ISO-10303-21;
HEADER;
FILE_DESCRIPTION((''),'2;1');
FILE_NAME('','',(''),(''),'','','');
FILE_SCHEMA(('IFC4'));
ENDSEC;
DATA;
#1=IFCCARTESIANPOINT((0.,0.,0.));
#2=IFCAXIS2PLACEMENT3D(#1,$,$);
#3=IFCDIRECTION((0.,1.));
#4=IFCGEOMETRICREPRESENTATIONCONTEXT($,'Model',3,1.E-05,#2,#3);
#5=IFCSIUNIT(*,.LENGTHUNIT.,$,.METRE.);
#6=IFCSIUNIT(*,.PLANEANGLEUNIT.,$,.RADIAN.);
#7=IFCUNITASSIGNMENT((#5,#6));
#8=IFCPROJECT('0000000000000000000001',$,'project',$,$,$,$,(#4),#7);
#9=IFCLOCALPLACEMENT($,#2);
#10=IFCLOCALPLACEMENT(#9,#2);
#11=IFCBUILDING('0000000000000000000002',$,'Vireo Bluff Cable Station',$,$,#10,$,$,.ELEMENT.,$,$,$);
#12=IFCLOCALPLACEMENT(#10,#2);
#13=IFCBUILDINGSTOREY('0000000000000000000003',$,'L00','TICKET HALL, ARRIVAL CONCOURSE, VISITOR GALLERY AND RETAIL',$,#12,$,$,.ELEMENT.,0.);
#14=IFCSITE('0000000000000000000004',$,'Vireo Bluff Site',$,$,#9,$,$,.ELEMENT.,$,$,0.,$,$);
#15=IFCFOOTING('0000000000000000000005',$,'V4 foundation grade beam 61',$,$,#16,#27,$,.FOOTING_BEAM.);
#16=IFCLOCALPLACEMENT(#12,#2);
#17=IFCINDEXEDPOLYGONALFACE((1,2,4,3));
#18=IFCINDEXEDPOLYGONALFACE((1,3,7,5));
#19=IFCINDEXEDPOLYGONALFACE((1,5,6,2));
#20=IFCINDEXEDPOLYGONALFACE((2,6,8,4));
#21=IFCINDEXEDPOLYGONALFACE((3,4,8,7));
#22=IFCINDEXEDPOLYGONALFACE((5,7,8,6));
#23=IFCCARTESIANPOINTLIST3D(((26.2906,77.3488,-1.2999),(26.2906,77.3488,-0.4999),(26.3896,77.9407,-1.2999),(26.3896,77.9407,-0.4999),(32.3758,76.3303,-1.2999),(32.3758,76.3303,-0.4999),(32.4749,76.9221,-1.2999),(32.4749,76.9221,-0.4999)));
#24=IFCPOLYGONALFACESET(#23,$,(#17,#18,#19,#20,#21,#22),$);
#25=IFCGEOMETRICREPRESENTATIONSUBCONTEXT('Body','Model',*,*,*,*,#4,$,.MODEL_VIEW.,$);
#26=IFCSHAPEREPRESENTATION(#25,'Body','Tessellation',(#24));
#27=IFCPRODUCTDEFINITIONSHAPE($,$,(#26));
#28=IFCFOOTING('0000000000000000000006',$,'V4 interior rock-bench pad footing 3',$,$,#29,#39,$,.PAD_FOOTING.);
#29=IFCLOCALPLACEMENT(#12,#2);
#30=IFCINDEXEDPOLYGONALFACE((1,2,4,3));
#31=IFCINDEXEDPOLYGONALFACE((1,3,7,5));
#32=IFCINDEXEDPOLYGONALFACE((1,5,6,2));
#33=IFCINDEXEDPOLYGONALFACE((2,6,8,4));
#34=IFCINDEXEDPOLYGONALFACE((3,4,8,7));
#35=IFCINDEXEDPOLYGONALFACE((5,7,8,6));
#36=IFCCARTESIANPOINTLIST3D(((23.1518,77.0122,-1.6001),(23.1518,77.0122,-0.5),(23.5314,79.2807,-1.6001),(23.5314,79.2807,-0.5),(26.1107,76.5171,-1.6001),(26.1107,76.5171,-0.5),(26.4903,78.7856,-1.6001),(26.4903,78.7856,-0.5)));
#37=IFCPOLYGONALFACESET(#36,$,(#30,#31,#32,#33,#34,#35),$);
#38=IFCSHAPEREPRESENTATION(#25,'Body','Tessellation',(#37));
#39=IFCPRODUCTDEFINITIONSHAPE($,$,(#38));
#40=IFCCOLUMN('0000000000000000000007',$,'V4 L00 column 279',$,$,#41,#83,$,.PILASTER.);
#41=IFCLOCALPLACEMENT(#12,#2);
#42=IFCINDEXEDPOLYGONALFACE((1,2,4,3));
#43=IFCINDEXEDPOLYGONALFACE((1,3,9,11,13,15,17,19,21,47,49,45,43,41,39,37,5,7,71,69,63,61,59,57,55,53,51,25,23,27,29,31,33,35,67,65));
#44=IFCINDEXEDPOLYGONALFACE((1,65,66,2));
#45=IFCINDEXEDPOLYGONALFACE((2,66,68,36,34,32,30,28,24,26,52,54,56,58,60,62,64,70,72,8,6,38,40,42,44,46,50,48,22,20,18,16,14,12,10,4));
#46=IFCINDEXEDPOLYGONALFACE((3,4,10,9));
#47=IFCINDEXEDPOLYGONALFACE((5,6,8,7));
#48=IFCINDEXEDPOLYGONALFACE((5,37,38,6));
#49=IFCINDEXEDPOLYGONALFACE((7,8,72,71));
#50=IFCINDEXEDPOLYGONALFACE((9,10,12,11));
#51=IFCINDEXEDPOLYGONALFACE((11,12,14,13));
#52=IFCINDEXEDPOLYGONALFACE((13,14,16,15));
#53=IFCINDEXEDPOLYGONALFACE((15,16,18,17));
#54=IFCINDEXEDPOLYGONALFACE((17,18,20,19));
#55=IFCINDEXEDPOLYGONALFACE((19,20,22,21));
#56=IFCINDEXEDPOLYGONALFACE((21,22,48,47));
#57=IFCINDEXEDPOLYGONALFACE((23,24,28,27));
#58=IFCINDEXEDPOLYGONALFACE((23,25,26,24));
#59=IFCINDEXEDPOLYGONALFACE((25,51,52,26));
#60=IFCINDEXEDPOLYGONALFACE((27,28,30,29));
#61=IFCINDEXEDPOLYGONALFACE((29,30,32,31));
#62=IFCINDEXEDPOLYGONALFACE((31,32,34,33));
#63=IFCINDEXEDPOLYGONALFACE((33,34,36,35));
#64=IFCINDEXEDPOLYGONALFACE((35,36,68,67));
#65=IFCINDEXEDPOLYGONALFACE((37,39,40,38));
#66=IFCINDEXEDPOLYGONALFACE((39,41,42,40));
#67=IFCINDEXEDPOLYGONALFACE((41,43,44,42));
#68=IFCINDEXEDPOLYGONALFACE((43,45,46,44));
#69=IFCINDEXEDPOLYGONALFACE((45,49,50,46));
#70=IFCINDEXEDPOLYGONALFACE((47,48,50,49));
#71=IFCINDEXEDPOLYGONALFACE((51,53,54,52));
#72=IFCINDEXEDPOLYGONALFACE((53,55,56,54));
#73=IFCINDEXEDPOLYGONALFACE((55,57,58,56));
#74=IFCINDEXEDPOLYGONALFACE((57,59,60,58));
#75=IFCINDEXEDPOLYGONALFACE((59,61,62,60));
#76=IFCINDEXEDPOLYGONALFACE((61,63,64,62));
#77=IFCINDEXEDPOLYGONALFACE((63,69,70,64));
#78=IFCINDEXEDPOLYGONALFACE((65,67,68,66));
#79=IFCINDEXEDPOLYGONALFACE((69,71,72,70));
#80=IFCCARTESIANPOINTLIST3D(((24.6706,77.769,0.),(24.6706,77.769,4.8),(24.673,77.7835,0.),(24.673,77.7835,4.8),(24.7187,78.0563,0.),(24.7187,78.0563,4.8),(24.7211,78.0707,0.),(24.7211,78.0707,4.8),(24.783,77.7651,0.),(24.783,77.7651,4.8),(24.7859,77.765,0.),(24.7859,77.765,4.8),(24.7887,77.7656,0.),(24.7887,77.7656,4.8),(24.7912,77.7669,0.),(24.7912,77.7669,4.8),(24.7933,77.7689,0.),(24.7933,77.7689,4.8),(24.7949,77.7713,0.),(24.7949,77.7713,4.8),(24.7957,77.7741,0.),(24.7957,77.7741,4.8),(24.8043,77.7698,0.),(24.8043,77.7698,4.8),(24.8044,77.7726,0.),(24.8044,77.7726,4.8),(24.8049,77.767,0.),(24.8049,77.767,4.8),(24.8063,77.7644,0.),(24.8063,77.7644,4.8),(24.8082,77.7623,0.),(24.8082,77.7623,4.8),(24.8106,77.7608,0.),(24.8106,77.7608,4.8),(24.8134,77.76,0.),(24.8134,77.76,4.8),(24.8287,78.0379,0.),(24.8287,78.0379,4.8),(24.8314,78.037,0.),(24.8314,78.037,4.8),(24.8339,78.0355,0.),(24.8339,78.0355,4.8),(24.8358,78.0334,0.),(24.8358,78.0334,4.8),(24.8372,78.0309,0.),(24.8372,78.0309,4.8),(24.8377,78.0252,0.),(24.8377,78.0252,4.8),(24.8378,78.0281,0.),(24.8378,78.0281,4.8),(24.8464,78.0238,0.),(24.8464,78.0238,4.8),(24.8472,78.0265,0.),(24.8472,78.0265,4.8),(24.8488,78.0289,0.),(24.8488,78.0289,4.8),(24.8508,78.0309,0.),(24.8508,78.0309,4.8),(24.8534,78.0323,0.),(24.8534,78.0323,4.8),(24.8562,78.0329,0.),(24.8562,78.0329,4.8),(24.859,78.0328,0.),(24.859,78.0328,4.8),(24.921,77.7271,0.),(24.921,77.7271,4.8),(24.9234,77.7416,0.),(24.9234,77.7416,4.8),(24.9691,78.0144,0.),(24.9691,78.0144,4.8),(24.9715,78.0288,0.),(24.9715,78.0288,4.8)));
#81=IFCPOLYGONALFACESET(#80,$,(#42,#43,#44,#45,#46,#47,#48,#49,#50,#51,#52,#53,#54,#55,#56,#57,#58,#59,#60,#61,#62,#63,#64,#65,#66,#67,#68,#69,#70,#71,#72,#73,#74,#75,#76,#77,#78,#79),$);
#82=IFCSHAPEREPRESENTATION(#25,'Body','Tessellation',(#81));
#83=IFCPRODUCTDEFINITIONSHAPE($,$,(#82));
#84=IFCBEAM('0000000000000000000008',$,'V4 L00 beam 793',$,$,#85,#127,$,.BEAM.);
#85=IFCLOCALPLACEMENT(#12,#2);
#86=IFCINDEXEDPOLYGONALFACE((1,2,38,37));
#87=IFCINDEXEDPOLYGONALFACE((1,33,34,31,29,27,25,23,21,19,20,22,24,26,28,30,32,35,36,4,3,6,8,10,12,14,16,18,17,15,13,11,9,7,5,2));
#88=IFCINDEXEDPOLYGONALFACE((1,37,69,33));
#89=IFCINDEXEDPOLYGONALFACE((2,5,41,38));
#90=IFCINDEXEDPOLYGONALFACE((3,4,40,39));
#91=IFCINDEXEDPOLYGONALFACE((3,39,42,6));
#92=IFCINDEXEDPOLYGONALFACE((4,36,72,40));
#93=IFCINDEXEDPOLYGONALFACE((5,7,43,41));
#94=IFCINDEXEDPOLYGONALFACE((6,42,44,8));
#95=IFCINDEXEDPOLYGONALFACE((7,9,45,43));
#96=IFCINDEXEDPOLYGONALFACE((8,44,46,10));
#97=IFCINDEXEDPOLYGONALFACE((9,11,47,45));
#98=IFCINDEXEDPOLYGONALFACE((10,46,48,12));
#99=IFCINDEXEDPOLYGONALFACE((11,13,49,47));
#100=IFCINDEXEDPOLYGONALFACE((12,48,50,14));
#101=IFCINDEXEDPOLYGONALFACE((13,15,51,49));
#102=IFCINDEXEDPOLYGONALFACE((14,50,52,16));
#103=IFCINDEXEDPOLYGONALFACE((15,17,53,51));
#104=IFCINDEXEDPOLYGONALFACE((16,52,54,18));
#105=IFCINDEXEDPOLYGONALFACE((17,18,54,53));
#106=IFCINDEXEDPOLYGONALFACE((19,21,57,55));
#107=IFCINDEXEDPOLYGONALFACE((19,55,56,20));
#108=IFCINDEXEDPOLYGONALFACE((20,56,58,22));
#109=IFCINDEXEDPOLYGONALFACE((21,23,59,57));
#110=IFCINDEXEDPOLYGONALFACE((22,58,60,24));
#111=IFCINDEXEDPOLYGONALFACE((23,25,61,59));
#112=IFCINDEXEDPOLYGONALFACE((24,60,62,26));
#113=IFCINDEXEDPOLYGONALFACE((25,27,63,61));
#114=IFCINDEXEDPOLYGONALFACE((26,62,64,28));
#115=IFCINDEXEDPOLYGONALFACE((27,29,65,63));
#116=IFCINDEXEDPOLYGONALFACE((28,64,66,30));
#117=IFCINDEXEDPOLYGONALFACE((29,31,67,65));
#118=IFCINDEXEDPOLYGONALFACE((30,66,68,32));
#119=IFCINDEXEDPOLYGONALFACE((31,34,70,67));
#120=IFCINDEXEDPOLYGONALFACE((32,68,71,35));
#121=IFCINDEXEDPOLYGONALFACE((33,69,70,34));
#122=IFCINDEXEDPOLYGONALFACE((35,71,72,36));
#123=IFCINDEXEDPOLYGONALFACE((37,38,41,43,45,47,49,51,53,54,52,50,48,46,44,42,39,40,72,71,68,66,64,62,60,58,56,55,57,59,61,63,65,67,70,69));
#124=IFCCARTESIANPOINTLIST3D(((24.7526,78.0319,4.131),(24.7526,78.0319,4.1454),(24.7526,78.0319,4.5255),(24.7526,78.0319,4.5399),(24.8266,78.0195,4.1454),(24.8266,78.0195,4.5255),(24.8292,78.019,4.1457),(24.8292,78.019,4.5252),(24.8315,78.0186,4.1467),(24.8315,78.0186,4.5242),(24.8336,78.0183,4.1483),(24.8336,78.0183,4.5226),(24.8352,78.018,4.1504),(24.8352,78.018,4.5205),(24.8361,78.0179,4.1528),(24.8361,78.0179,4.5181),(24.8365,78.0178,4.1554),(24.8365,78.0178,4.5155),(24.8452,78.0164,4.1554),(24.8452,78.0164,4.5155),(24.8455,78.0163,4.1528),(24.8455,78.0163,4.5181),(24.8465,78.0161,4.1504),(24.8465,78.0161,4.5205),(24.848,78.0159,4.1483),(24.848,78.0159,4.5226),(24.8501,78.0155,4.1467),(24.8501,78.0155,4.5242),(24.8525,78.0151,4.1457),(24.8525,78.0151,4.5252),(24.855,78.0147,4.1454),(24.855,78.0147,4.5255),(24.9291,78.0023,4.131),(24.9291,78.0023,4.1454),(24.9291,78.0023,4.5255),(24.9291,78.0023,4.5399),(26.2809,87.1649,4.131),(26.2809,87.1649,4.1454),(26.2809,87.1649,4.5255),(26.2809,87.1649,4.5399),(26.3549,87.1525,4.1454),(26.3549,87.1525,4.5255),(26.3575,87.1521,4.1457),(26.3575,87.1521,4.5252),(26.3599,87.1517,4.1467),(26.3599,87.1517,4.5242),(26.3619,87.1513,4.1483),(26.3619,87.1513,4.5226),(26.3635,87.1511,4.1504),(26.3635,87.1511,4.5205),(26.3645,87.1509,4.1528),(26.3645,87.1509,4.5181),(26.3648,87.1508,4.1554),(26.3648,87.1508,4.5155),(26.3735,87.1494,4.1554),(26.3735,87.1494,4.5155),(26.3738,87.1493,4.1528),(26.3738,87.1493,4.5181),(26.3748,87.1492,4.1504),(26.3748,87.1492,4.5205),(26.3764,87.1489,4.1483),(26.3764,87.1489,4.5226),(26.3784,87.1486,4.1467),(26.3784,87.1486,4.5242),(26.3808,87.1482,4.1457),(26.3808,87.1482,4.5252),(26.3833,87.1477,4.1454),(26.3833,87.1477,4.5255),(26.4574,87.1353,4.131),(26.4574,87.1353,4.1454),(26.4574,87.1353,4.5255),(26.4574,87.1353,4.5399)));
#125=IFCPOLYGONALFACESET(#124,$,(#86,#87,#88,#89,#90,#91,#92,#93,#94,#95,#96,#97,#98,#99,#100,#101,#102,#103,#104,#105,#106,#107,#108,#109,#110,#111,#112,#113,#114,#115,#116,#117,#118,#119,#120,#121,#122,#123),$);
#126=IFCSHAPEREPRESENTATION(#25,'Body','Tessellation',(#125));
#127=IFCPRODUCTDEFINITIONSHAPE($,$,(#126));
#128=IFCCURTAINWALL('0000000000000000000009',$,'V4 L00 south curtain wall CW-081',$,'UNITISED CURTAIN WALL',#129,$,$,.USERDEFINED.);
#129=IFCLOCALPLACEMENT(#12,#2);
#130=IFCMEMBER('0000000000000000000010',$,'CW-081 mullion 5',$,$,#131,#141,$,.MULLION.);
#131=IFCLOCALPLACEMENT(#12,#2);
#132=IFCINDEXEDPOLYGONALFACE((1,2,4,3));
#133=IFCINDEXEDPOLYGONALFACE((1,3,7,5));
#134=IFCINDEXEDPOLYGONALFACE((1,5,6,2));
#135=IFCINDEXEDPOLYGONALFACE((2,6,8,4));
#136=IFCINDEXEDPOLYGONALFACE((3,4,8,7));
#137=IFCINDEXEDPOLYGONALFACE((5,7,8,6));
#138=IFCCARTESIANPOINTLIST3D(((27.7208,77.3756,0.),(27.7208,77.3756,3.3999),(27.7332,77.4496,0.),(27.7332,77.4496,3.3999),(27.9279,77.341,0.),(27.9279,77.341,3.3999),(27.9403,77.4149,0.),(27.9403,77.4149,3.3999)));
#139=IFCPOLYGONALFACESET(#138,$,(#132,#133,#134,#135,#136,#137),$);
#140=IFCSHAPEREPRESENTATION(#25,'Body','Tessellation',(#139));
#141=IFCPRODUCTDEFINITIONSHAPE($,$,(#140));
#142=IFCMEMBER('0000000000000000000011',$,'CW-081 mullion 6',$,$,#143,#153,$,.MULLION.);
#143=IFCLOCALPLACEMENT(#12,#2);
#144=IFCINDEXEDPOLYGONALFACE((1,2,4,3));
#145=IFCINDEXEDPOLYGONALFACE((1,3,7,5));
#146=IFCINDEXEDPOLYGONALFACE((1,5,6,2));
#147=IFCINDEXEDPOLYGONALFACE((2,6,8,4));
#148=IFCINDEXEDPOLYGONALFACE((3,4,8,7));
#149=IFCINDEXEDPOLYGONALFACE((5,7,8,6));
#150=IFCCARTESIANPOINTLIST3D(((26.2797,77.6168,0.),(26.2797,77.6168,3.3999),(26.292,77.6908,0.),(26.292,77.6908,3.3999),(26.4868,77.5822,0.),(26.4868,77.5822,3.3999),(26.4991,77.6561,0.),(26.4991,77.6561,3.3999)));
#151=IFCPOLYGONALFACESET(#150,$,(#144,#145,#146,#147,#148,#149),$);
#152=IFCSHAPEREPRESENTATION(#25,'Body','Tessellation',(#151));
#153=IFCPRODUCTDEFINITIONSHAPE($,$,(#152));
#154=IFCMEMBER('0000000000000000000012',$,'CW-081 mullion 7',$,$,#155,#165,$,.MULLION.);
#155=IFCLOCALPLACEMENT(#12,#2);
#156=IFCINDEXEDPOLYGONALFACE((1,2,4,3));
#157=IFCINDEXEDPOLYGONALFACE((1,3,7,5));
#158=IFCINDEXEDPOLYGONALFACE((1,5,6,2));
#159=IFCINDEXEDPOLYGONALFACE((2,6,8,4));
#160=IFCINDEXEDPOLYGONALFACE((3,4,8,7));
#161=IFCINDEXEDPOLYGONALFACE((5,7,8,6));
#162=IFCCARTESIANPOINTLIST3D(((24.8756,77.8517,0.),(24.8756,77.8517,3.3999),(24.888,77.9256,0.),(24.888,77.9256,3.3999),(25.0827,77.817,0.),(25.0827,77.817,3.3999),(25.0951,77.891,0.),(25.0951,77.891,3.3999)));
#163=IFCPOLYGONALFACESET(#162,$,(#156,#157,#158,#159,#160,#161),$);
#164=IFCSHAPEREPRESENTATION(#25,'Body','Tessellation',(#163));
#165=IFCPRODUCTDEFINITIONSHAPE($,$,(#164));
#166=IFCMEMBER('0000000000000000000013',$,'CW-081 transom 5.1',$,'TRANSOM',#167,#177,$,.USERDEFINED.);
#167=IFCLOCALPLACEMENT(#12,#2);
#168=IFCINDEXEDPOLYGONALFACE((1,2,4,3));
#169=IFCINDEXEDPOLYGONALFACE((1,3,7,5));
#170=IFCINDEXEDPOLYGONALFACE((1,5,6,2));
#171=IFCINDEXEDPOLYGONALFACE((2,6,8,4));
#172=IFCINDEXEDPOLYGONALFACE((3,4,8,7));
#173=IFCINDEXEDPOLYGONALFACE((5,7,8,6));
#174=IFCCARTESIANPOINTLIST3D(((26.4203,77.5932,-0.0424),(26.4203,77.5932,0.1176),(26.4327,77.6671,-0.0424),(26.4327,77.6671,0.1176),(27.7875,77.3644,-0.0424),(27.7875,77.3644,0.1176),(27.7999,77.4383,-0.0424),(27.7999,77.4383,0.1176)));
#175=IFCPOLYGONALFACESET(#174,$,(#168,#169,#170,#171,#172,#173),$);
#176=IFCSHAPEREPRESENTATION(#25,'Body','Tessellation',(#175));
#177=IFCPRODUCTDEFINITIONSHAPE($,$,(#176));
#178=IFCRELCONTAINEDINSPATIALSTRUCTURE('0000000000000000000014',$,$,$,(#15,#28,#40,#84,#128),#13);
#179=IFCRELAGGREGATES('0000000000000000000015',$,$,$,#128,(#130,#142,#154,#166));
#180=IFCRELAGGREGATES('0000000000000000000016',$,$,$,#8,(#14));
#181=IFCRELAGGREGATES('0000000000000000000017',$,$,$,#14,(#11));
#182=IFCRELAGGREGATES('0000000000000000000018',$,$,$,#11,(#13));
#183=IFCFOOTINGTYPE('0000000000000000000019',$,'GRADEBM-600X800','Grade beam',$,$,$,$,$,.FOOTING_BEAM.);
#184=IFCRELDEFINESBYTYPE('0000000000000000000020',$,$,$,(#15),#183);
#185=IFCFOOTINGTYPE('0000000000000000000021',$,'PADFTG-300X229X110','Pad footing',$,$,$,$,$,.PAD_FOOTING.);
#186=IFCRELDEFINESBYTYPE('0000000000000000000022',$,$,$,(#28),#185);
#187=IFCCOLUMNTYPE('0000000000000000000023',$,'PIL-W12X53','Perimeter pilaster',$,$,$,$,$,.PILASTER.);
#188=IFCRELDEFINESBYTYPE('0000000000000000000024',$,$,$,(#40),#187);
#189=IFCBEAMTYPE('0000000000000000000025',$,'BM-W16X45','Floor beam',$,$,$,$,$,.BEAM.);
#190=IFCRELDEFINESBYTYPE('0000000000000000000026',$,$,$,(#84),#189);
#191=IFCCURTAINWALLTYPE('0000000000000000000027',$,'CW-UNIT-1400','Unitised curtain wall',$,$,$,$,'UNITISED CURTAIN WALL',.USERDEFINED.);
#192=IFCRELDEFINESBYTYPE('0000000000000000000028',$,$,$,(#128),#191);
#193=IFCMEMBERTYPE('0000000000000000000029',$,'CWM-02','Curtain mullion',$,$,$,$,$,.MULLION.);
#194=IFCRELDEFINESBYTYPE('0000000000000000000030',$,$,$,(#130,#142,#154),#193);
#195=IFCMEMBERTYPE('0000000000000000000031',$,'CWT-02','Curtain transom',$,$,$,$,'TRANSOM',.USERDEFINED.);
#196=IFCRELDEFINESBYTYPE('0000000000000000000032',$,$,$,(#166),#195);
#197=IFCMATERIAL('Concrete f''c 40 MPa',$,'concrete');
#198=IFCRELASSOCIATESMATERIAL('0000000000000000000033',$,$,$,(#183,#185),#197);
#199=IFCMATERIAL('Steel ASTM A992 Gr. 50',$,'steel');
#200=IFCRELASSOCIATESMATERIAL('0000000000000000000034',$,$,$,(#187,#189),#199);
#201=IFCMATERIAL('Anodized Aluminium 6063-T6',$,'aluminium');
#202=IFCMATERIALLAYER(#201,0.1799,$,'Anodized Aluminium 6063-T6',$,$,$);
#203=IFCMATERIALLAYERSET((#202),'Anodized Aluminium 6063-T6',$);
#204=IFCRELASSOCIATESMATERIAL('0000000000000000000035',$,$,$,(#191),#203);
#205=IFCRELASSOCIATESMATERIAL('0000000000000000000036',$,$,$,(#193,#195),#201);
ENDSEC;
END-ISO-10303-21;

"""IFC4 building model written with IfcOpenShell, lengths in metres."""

from ifc_helpers import new_model, si_unit, direction, frame, origin, origin_2d, place, context, subcontext, project, spatial, rectangle, i_section, extrude, material, layer, layer_set, material_profile, profile_set, type_object, element, aggregate, save


model = new_model("IFC4")

# Units and contexts
model_context = context("Model", 3, precision=1e-05, world=origin(), true_north=direction((0.0, 1.0)))
body_context = subcontext(model_context, "Body", "Model", "MODEL_VIEW")
ifc_project = project(units=[si_unit("LENGTHUNIT", "METRE"), si_unit("PLANEANGLEUNIT", "RADIAN")], contexts=[model_context])

# Site, building, storey
site_placement = place(None, origin())
site = spatial("IfcSite", under=ifc_project, at=site_placement, Name="Vireo Bluff Site", CompositionType="ELEMENT", RefElevation=0.0)
building_placement = place(site_placement, origin())
building = spatial("IfcBuilding", under=site, at=building_placement, Name="Vireo Bluff Cable Station", CompositionType="ELEMENT")
storey_placement = place(building_placement, origin())
storey = spatial("IfcBuildingStorey", under=building, at=storey_placement, Name="L00", Description="TICKET HALL, ARRIVAL CONCOURSE, VISITOR GALLERY AND RETAIL", CompositionType="ELEMENT", Elevation=0.0)

# Footings
ifc_material_1 = material(Name="Concrete f'c 40 MPa", Category="concrete")
ifc_material_profile_1 = material_profile(ifc_material_1, rectangle(XDim=0.6001, YDim=0.8, at=origin_2d()), Name="GRADEBM-600X800")
ifc_profile_set_1 = profile_set([ifc_material_profile_1], Name="Concrete f'c 40 MPa")
footing_type_1 = type_object("IfcFootingType", Name="GRADEBM-600X800", Description="Grade beam", PredefinedType="FOOTING_BEAM", material=ifc_profile_set_1)
footing_1_placement = place(storey_placement, frame((26.3401, 77.6448, -0.8999), z_axis=(0.986279, -0.165086, 0.0), x_axis=(0.165086, 0.986279, 0.0)))
element("IfcFooting", 1, at=footing_1_placement, inside=storey, type_object=footing_type_1, Name="V4 foundation grade beam 61", PredefinedType="FOOTING_BEAM", context=body_context, shape_type="SweptSolid", body=[
    extrude(rectangle(XDim=0.6001, YDim=0.8, at=origin_2d()), origin(), (0.0, 0.0, 1.0), 6.1699),
])
footing_type_2 = type_object("IfcFootingType", Name="PADFTG-300X229X110", Description="Pad footing", PredefinedType="PAD_FOOTING", material=ifc_material_1)
footing_2_placement = place(storey_placement, frame((24.821, 77.8989, -1.6001), z_axis=(0.0, 0.0, 1.0), x_axis=(0.986286, -0.165048, 0.0)))
element("IfcFooting", 2, at=footing_2_placement, inside=storey, type_object=footing_type_2, Name="V4 interior rock-bench pad footing 3", PredefinedType="PAD_FOOTING", context=body_context, shape_type="SweptSolid", body=[
    extrude(rectangle(XDim=3.0, YDim=2.3, at=origin_2d()), origin(), (0.0, 0.0, 1.0), 1.1001),
])

# Column
ifc_material_2 = material(Name="Steel ASTM A992 Gr. 50", Category="steel")
ifc_material_profile_2 = material_profile(ifc_material_2, i_section(OverallWidth=0.2539, OverallDepth=0.3059, WebThickness=0.0088, FlangeThickness=0.0146, FilletRadius=0.011, at=origin_2d()), Name="W12X53")
ifc_profile_set_2 = profile_set([ifc_material_profile_2], Name="Steel ASTM A992 Gr. 50")
column_type = type_object("IfcColumnType", Name="PIL-W12X53", Description="Perimeter pilaster", PredefinedType="PILASTER", material=ifc_profile_set_2)
column_placement = place(storey_placement, frame((24.821, 77.8989, 0.0), z_axis=(0.0, 0.0, 1.0), x_axis=(0.986286, -0.165048, 0.0)))
element("IfcColumn", 3, at=column_placement, inside=storey, type_object=column_type, Name="V4 L00 column 279", PredefinedType="PILASTER", context=body_context, shape_type="SweptSolid", body=[
    extrude(i_section(OverallWidth=0.2539, OverallDepth=0.3059, WebThickness=0.0088, FlangeThickness=0.0146, FilletRadius=0.011, at=origin_2d()), origin(), (0.0, 0.0, 1.0), 4.8),
])

# Beam
ifc_material_profile_3 = material_profile(ifc_material_2, i_section(OverallWidth=0.179, OverallDepth=0.4089, WebThickness=0.0088, FlangeThickness=0.0144, FilletRadius=0.01, at=origin_2d()), Name="W16X45")
ifc_profile_set_3 = profile_set([ifc_material_profile_3], Name="Steel ASTM A992 Gr. 50")
beam_type_1 = type_object("IfcBeamType", Name="BM-W16X45", Description="Floor beam", PredefinedType="BEAM", material=ifc_profile_set_3)
beam_1_placement = place(storey_placement, frame((24.8408, 78.0171, 4.3354), z_axis=(0.165045, 0.986286, 0.0), x_axis=(-0.986286, 0.165045, 0.0)))
element("IfcBeam", 4, at=beam_1_placement, inside=storey, type_object=beam_type_1, Name="V4 L00 beam 793", PredefinedType="BEAM", context=body_context, shape_type="SweptSolid", body=[
    extrude(i_section(OverallWidth=0.179, OverallDepth=0.4089, WebThickness=0.0088, FlangeThickness=0.0144, FilletRadius=0.01, at=origin_2d()), origin(), (0.0, 0.0, 1.0), 9.26),
])

# Curtain wall, members
ifc_material_3 = material(Name="Anodized Aluminium 6063-T6", Category="aluminium")
ifc_layer_1 = layer(ifc_material_3, 0.1799, Name="Anodized Aluminium 6063-T6")
ifc_layer_set_1 = layer_set([ifc_layer_1], Name="Anodized Aluminium 6063-T6")
curtain_wall_type = type_object("IfcCurtainWallType", Name="CW-UNIT-1400", Description="Unitised curtain wall", ElementType="UNITISED CURTAIN WALL", PredefinedType="USERDEFINED", material=ifc_layer_set_1)
curtain_wall_placement = place(storey_placement, origin())
curtain_wall = element("IfcCurtainWall", 5, at=curtain_wall_placement, inside=storey, type_object=curtain_wall_type, Name="V4 L00 south curtain wall CW-081", ObjectType="UNITISED CURTAIN WALL", PredefinedType="USERDEFINED")
ifc_material_profile_4 = material_profile(ifc_material_3, rectangle(XDim=0.075, YDim=0.21, at=origin_2d()), Name="ALU-M-75X210")
ifc_profile_set_4 = profile_set([ifc_material_profile_4], Name="Anodized Aluminium 6063-T6")
member_type_1 = type_object("IfcMemberType", Name="CWM-02", Description="Curtain mullion", PredefinedType="MULLION", material=ifc_profile_set_4)
member_1_placement = place(storey_placement, frame((27.8306, 77.3953, 0.0), z_axis=(0.0, 0.0, 1.0), x_axis=(-0.165048, -0.986286, 0.0)))
member_1 = element("IfcMember", 6, at=member_1_placement, type_object=member_type_1, Name="CW-081 mullion 5", PredefinedType="MULLION", context=body_context, shape_type="SweptSolid", body=[
    extrude(rectangle(XDim=0.075, YDim=0.21, at=origin_2d()), origin(), (0.0, 0.0, 1.0), 3.3999),
])
member_2_placement = place(storey_placement, frame((26.3894, 77.6365, 0.0), z_axis=(0.0, 0.0, 1.0), x_axis=(-0.165048, -0.986286, 0.0)))
member_2 = element("IfcMember", 7, at=member_2_placement, type_object=member_type_1, Name="CW-081 mullion 6", PredefinedType="MULLION", context=body_context, shape_type="SweptSolid", body=[
    extrude(rectangle(XDim=0.075, YDim=0.21, at=origin_2d()), origin(), (0.0, 0.0, 1.0), 3.3999),
])
member_3_placement = place(storey_placement, frame((24.9854, 77.8713, 0.0), z_axis=(0.0, 0.0, 1.0), x_axis=(-0.165048, -0.986286, 0.0)))
member_3 = element("IfcMember", 8, at=member_3_placement, type_object=member_type_1, Name="CW-081 mullion 7", PredefinedType="MULLION", context=body_context, shape_type="SweptSolid", body=[
    extrude(rectangle(XDim=0.075, YDim=0.21, at=origin_2d()), origin(), (0.0, 0.0, 1.0), 3.3999),
])
ifc_material_profile_5 = material_profile(ifc_material_3, rectangle(XDim=0.075, YDim=0.1599, at=origin_2d()), Name="ALU-T-75X160")
ifc_profile_set_5 = profile_set([ifc_material_profile_5], Name="Anodized Aluminium 6063-T6")
member_type_2 = type_object("IfcMemberType", Name="CWT-02", Description="Curtain transom", ElementType="TRANSOM", PredefinedType="USERDEFINED", material=ifc_profile_set_5)
member_4_placement = place(storey_placement, frame((27.7937, 77.4014, 0.0376), z_axis=(-0.986289, 0.165027, 0.0), x_axis=(-0.165027, -0.986289, 0.0)))
member_4 = element("IfcMember", 9, at=member_4_placement, type_object=member_type_2, Name="CW-081 transom 5.1", ObjectType="TRANSOM", PredefinedType="USERDEFINED", context=body_context, shape_type="SweptSolid", body=[
    extrude(rectangle(XDim=0.075, YDim=0.1599, at=origin_2d()), origin(), (0.0, 0.0, 1.0), 1.3862),
])

aggregate(curtain_wall, [member_1, member_2, member_3, member_4])

save(model, "model.ifc")
